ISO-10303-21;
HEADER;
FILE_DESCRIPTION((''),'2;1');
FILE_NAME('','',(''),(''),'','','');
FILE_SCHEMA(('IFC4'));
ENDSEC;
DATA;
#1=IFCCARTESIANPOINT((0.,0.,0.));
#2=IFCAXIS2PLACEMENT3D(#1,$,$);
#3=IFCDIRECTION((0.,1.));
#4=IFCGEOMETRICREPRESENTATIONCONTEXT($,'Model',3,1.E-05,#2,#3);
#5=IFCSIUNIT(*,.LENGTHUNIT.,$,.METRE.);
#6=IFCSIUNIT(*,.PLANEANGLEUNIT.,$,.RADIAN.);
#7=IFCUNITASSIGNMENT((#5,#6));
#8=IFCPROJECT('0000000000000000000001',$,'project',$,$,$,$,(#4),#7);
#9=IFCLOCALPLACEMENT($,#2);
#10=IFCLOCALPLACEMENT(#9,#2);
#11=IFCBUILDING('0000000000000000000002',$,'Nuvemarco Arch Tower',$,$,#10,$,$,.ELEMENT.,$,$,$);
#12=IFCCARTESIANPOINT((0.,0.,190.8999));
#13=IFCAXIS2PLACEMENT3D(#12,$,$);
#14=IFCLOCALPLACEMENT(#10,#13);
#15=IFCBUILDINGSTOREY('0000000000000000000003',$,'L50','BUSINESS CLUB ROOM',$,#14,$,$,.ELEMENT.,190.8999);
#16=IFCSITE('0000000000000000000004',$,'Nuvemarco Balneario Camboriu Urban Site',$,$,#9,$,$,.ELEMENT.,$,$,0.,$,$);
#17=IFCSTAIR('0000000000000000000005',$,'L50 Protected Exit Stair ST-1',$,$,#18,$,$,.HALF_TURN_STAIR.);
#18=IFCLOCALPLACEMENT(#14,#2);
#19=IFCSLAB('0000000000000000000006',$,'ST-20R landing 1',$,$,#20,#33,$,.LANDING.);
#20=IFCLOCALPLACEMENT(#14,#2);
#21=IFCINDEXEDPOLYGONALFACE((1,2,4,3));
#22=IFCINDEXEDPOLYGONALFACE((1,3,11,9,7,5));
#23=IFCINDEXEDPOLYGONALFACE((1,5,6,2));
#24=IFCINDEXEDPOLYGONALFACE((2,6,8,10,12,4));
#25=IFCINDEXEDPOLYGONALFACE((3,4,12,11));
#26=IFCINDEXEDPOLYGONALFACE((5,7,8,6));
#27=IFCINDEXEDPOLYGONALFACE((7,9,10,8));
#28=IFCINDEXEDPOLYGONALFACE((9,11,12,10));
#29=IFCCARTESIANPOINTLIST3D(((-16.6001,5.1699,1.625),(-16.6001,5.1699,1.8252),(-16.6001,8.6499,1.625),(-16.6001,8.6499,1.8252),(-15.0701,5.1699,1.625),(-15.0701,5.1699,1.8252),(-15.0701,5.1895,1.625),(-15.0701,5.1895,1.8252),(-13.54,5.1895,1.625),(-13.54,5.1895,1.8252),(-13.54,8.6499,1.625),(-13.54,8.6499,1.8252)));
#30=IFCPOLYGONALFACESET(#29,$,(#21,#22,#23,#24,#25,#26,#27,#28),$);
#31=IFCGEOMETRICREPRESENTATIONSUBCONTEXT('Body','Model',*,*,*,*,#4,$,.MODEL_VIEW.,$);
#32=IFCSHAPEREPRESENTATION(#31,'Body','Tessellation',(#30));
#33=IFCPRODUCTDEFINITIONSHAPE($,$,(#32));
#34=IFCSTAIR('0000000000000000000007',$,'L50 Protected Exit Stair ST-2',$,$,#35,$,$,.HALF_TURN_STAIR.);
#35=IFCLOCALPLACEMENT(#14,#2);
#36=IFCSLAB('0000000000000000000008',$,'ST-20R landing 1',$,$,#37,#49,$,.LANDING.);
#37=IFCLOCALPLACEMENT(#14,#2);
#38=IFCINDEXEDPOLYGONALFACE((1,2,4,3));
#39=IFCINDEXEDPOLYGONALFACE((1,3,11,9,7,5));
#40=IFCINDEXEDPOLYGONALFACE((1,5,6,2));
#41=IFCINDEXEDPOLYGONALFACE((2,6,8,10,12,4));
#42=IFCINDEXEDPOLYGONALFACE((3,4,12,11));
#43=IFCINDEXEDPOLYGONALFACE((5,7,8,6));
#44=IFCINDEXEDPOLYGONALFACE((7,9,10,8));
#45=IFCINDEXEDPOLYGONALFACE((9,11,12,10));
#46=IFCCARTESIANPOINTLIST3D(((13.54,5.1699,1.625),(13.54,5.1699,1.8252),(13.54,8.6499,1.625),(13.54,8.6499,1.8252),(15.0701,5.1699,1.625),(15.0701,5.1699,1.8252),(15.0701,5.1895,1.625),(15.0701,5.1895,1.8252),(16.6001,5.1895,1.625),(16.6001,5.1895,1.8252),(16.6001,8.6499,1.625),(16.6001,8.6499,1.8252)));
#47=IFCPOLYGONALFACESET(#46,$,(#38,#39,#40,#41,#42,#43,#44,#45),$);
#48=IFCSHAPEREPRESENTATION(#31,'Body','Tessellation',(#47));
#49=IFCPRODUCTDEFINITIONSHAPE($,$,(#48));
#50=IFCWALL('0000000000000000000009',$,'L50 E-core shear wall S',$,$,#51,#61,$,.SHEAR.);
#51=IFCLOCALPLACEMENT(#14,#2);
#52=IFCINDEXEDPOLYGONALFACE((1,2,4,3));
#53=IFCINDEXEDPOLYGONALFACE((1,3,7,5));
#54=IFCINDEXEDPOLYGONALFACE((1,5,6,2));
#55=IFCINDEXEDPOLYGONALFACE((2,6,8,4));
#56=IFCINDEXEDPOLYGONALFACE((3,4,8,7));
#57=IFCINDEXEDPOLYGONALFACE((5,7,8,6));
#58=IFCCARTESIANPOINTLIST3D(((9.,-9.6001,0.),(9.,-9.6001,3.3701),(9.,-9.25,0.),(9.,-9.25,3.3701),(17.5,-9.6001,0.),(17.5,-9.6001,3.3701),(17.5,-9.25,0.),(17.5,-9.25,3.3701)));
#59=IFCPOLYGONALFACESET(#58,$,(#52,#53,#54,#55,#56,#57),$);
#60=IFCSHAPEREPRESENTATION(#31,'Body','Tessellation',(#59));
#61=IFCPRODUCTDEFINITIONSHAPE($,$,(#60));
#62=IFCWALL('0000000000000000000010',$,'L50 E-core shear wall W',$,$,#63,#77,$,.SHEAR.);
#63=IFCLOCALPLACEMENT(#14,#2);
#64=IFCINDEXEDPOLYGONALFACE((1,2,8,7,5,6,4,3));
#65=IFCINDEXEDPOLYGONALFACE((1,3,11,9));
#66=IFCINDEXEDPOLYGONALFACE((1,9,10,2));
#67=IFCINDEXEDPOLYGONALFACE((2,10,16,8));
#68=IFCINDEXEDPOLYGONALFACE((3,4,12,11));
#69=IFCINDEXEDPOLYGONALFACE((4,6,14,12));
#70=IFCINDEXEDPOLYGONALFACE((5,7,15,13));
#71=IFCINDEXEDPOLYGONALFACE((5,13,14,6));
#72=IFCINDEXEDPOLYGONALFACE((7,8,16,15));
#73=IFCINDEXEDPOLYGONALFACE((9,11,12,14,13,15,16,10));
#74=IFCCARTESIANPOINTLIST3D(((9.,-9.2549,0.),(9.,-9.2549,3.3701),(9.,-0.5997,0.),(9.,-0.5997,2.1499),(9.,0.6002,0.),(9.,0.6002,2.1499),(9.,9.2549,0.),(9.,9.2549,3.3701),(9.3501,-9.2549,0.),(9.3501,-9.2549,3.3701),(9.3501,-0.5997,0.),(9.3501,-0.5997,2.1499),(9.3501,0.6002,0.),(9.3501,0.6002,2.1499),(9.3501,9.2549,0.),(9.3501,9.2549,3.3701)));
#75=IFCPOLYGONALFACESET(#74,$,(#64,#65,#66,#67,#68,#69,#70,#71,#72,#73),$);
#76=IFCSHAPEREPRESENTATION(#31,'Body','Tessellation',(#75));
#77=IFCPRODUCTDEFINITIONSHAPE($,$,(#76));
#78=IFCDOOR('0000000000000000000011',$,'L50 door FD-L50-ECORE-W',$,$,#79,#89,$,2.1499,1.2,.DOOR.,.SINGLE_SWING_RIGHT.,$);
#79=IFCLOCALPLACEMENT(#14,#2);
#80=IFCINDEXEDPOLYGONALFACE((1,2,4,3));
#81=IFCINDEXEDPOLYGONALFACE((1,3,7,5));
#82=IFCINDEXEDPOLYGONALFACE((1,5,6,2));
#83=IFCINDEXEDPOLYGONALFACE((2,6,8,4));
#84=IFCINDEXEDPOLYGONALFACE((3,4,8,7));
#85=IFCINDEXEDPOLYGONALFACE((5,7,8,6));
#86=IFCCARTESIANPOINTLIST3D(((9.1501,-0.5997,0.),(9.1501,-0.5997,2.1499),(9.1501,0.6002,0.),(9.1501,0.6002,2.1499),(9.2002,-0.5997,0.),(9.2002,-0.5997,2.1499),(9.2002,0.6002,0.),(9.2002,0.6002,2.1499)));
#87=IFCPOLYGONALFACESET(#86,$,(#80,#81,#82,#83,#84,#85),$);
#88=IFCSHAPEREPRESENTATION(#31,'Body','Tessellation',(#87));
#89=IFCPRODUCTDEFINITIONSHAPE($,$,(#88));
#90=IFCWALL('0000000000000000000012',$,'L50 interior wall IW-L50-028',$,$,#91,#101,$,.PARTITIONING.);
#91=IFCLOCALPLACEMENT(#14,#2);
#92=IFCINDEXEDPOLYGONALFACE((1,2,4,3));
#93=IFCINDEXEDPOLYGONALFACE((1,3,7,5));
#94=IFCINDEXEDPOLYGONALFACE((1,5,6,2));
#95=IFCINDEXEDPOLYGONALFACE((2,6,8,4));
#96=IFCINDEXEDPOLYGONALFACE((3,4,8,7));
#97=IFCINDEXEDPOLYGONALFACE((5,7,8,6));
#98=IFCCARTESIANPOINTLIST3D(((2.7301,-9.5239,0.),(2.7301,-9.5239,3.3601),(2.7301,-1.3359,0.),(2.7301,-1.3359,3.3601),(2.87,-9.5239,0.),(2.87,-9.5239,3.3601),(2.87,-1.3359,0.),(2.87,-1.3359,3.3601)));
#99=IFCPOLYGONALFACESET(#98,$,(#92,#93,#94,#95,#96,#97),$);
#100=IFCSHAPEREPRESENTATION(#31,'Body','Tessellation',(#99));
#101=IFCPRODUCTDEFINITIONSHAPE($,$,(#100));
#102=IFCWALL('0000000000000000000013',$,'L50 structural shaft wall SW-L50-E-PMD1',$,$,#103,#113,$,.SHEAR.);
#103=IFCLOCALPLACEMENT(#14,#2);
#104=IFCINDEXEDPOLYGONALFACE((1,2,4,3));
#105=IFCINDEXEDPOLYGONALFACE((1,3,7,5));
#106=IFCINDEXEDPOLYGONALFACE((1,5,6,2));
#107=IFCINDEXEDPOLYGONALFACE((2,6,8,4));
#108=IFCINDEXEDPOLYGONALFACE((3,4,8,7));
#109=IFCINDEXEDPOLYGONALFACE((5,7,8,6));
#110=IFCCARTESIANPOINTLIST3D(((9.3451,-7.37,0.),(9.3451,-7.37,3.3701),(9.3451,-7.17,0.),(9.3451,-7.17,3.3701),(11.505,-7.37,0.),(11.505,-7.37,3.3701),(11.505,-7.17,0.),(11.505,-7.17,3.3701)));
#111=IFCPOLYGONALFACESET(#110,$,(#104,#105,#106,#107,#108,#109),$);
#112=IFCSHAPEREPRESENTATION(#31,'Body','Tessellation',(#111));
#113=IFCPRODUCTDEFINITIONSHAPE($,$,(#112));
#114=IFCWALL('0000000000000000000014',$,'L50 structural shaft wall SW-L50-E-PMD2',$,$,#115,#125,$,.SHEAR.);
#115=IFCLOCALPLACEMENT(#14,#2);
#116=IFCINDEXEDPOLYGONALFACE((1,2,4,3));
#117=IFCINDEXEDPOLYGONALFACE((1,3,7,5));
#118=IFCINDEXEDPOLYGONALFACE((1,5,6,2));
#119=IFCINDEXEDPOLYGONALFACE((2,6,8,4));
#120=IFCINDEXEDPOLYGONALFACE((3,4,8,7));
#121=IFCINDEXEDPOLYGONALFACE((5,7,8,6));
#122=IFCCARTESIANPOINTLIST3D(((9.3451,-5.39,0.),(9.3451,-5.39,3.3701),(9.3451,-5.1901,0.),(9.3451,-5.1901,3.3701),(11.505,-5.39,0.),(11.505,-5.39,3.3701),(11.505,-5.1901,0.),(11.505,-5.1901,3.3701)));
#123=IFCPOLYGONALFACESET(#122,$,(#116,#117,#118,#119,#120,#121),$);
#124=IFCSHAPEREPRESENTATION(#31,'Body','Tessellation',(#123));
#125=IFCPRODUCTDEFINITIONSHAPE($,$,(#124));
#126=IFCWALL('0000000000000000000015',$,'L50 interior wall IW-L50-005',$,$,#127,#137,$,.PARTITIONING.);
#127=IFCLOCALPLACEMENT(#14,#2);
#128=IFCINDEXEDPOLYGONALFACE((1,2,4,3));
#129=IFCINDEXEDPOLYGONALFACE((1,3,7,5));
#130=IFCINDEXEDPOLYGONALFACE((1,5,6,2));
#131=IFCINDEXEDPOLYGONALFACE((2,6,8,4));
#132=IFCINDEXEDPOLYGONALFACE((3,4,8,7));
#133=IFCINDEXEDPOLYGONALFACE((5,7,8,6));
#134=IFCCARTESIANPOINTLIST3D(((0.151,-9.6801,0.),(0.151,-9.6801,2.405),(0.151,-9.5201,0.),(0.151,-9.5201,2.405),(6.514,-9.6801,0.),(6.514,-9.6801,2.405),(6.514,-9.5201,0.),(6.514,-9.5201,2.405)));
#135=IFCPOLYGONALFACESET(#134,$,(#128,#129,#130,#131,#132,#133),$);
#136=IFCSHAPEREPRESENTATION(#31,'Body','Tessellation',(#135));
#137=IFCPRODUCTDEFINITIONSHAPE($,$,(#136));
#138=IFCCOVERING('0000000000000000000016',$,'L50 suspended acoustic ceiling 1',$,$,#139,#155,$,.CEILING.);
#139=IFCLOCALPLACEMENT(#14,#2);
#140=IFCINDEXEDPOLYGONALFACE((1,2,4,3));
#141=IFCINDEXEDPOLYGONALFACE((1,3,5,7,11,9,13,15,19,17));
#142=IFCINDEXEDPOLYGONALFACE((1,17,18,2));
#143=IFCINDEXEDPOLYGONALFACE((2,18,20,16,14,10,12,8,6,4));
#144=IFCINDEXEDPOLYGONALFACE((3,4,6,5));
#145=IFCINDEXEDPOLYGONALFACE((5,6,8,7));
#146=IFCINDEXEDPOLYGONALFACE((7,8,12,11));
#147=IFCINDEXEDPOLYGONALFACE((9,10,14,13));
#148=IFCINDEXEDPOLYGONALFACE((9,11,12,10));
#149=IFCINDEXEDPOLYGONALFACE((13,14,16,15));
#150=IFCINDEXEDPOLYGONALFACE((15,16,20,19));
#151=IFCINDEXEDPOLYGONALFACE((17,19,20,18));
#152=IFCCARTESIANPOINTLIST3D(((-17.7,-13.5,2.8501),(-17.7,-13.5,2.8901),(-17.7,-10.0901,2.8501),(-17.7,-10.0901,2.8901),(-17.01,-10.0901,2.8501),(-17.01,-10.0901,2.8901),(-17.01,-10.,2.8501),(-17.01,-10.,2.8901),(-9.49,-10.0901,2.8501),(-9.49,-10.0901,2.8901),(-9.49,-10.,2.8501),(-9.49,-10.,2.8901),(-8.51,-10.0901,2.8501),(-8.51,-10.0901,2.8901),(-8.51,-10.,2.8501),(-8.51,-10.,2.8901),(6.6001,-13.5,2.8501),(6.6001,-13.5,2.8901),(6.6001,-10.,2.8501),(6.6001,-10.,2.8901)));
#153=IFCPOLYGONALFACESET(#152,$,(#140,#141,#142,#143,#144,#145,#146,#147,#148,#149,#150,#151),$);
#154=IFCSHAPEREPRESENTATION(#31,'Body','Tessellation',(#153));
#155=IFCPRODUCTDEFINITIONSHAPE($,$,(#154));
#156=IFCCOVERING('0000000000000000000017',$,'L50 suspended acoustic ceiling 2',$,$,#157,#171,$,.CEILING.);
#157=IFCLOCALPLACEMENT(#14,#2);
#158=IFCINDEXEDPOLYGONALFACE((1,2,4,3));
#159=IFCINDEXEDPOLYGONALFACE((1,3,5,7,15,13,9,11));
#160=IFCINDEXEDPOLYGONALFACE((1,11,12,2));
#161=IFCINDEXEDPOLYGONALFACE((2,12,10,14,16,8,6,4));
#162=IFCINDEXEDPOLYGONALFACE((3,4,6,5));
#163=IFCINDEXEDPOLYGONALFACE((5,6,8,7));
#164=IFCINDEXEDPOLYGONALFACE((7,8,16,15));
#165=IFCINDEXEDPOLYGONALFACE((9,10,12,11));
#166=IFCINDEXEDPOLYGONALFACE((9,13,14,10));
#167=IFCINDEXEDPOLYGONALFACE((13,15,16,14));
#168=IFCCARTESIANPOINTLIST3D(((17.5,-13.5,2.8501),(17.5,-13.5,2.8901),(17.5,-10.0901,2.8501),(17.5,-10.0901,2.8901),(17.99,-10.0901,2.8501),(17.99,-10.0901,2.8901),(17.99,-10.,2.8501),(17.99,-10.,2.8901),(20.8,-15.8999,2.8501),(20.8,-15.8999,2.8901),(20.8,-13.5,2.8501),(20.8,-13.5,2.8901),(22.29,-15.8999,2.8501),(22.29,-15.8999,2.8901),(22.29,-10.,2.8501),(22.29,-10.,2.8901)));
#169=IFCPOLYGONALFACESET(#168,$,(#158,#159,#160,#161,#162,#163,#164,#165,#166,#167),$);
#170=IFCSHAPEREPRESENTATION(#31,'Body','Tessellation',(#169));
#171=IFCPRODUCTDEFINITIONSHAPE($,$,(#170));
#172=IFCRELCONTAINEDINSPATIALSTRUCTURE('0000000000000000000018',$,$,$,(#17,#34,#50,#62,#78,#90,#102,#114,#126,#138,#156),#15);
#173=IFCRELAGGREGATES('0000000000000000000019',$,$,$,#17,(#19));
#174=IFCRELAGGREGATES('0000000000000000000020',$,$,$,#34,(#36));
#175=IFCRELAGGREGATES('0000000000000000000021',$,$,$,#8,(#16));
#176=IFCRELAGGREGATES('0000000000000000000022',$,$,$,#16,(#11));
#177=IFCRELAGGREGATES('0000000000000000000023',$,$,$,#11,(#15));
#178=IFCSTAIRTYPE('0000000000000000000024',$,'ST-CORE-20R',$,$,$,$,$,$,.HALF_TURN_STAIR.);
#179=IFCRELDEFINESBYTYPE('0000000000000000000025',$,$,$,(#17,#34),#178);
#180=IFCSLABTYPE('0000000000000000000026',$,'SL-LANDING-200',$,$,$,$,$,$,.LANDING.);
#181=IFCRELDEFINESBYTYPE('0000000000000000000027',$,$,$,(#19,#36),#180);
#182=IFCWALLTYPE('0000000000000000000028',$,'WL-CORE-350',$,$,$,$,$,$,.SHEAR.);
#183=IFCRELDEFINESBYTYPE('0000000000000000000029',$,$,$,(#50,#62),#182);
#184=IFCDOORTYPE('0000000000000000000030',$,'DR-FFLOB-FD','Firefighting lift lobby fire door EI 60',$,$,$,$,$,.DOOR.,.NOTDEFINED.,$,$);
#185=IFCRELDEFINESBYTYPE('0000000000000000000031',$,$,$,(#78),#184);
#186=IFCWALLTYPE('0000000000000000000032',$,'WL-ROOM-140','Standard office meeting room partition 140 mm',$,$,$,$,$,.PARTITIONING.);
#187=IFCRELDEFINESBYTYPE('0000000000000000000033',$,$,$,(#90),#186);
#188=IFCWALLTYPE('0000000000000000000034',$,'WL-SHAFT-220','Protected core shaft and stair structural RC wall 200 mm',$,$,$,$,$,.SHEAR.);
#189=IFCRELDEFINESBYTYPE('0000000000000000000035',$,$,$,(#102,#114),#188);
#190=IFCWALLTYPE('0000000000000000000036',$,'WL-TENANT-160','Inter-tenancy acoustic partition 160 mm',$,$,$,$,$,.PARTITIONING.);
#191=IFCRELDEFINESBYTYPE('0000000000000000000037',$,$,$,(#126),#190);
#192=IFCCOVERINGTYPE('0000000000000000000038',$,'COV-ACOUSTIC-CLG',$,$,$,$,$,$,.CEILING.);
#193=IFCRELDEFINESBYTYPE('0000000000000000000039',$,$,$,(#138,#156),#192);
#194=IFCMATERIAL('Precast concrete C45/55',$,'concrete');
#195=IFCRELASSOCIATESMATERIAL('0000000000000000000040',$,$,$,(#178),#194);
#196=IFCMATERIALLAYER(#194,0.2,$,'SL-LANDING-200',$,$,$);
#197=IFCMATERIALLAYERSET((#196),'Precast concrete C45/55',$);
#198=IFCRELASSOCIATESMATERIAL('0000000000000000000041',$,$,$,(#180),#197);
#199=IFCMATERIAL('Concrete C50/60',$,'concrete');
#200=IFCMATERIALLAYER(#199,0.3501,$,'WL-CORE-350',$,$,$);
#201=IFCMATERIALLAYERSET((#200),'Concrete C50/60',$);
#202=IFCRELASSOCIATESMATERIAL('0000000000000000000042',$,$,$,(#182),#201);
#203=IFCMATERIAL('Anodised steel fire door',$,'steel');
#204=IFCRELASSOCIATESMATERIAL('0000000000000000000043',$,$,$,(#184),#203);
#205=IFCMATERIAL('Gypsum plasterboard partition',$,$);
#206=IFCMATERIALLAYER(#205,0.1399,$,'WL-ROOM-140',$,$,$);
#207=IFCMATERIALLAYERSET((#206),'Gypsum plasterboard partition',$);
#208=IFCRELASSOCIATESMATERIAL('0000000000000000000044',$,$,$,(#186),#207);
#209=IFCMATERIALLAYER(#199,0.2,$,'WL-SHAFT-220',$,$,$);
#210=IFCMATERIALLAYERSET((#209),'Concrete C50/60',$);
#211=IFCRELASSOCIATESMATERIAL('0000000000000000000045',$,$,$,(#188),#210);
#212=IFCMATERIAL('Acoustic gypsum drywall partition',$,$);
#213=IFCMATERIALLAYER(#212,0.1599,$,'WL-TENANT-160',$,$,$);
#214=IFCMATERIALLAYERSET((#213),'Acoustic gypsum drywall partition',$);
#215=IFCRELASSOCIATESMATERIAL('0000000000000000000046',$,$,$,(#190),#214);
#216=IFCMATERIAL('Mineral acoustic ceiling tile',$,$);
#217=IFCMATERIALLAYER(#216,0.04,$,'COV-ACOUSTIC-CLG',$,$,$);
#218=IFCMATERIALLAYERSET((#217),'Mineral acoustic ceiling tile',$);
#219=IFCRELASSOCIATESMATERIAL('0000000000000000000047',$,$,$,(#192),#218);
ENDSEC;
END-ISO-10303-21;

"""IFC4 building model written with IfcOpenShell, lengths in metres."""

from ifc_helpers import new_model, si_unit, direction, frame, frame_2d, origin, place, context, subcontext, project, spatial, polyline, rectangle, outline, extrude, source, transform, mapped, material, layer, layer_set, type_object, type_shapes, element, fill, aggregate, save


model = new_model("IFC4")

# Units and contexts
model_context = context("Model", 3, precision=1e-05, world=origin(), true_north=direction((0.0, 1.0)))
body_context = subcontext(model_context, "Body", "Model", "MODEL_VIEW")
ifc_project = project(units=[si_unit("LENGTHUNIT", "METRE"), si_unit("PLANEANGLEUNIT", "RADIAN")], contexts=[model_context])

# Site, building, storey
site_placement = place(None, origin())
site = spatial("IfcSite", under=ifc_project, at=site_placement, Name="Nuvemarco Balneario Camboriu Urban Site", CompositionType="ELEMENT", RefElevation=0.0)
building_placement = place(site_placement, origin())
building = spatial("IfcBuilding", under=site, at=building_placement, Name="Nuvemarco Arch Tower", CompositionType="ELEMENT")
storey_placement = place(building_placement, frame((0.0, 0.0, 190.8999)))
storey = spatial("IfcBuildingStorey", under=building, at=storey_placement, Name="L50", Description="BUSINESS CLUB ROOM", CompositionType="ELEMENT", Elevation=190.8999)

# Shared definitions
ifc_material_1 = material(Name="Concrete C50/60", Category="concrete")

# Stairs, slabs
ifc_material_2 = material(Name="Precast concrete C45/55", Category="concrete")
stair_type = type_object("IfcStairType", Name="ST-CORE-20R", PredefinedType="HALF_TURN_STAIR", material=ifc_material_2)
stair_1_placement = place(storey_placement, origin())
stair_1 = element("IfcStair", 1, at=stair_1_placement, inside=storey, type_object=stair_type, Name="L50 Protected Exit Stair ST-1", PredefinedType="HALF_TURN_STAIR")
ifc_layer_1 = layer(ifc_material_2, 0.2, Name="SL-LANDING-200")
ifc_layer_set_1 = layer_set([ifc_layer_1], Name="Precast concrete C45/55")
slab_type = type_object("IfcSlabType", Name="SL-LANDING-200", PredefinedType="LANDING", material=ifc_layer_set_1)
slab_1_placement = place(storey_placement, frame((0.0, 0.0, 1.625)))
slab_1 = element("IfcSlab", 2, at=slab_1_placement, type_object=slab_type, Name="ST-20R landing 1", PredefinedType="LANDING", context=body_context, shape_type="SweptSolid", body=[
    extrude(outline(polyline([(-13.54, 5.1895), (-13.54, 8.6499), (-16.6001, 8.6499), (-16.6001, 5.1699), (-15.0701, 5.1699), (-15.0701, 5.1895), (-13.54, 5.1895)])), origin(), (0.0, 0.0, 1.0), 0.2002),
])
aggregate(stair_1, [slab_1])
stair_2_placement = place(storey_placement, origin())
stair_2 = element("IfcStair", 3, at=stair_2_placement, inside=storey, type_object=stair_type, Name="L50 Protected Exit Stair ST-2", PredefinedType="HALF_TURN_STAIR")
slab_2_placement = place(storey_placement, frame((0.0, 0.0, 1.625)))
slab_2 = element("IfcSlab", 4, at=slab_2_placement, type_object=slab_type, Name="ST-20R landing 1", PredefinedType="LANDING", context=body_context, shape_type="SweptSolid", body=[
    extrude(outline(polyline([(16.6001, 5.1895), (16.6001, 8.6499), (13.54, 8.6499), (13.54, 5.1699), (15.0701, 5.1699), (15.0701, 5.1895), (16.6001, 5.1895)])), origin(), (0.0, 0.0, 1.0), 0.2002),
])
aggregate(stair_2, [slab_2])

# Wall
ifc_layer_2 = layer(ifc_material_1, 0.3501, Name="WL-CORE-350")
ifc_layer_set_2 = layer_set([ifc_layer_2], Name="Concrete C50/60")
wall_type_1 = type_object("IfcWallType", Name="WL-CORE-350", PredefinedType="SHEAR", material=ifc_layer_set_2)
wall_1_placement = place(storey_placement, frame((9.0, -9.425, 0.0), z_axis=(0.0, 0.0, 1.0), x_axis=(1.0, 0.0, 0.0)))
element("IfcWall", 5, at=wall_1_placement, inside=storey, type_object=wall_type_1, Name="L50 E-core shear wall S", PredefinedType="SHEAR", context=body_context, shape_type="SweptSolid", body=[
    extrude(rectangle(XDim=8.5, YDim=0.3501, at=frame_2d((4.25, 0.0))), origin(), (0.0, 0.0, 1.0), 3.3701),
])

# Wall, opening, door
wall_2_placement = place(storey_placement, frame((9.175, -9.2549, 0.0), z_axis=(0.0, 0.0, 1.0), x_axis=(0.0, 1.0, 0.0)))
wall_2 = element("IfcWall", 6, at=wall_2_placement, inside=storey, type_object=wall_type_1, Name="L50 E-core shear wall W", PredefinedType="SHEAR", context=body_context, shape_type="SweptSolid", body=[
    extrude(rectangle(XDim=18.5098, YDim=0.3501, at=frame_2d((9.2549, 0.0))), origin(), (0.0, 0.0, 1.0), 3.3701),
])
opening_placement = place(wall_2_placement, frame((8.655, 0.0, 0.0)))
opening = element("IfcOpeningElement", 7, at=opening_placement, cuts=wall_2, PredefinedType="OPENING", context=body_context, shape_type="SweptSolid", body=[
    extrude(rectangle(XDim=1.2, YDim=2.1499, at=frame_2d((0.6001, 1.075))), frame((0.0, 0.1851, 0.0), z_axis=(0.0, -1.0, 0.0), x_axis=(1.0, 0.0, 0.0)), (0.0, 0.0, 1.0), 0.3701),
])
ifc_material_3 = material(Name="Anodised steel fire door", Category="steel")
door_type = type_object("IfcDoorType", Name="DR-FFLOB-FD", Description="Firefighting lift lobby fire door EI 60", OperationType="NOTDEFINED", PredefinedType="DOOR", material=ifc_material_3)
shared_shape = source(origin(), body_context, "Body", "SweptSolid", [
    extrude(rectangle(XDim=1.2, YDim=2.1499, at=frame_2d((0.6001, 1.075))), frame((0.0, 0.0249, 0.0), z_axis=(0.0, -1.0, 0.0), x_axis=(1.0, 0.0, 0.0)), (0.0, 0.0, 1.0), 0.05),
])
type_shapes(door_type, [shared_shape])
door_placement = place(opening_placement, origin())
door = element("IfcDoor", 8, at=door_placement, inside=storey, type_object=door_type, Name="L50 door FD-L50-ECORE-W", OperationType="SINGLE_SWING_RIGHT", OverallHeight=2.1499, OverallWidth=1.2, PredefinedType="DOOR", context=body_context, shape_type="MappedRepresentation", body=[
    mapped(shared_shape, transform((0.0, 0.0, 0.0), scale=1.0)),
])
fill(opening, door)

# Walls
ifc_material_4 = material(Name="Gypsum plasterboard partition")
ifc_layer_3 = layer(ifc_material_4, 0.1399, Name="WL-ROOM-140")
ifc_layer_set_3 = layer_set([ifc_layer_3], Name="Gypsum plasterboard partition")
wall_type_2 = type_object("IfcWallType", Name="WL-ROOM-140", Description="Standard office meeting room partition 140 mm", PredefinedType="PARTITIONING", material=ifc_layer_set_3)
wall_3_placement = place(storey_placement, frame((2.8, -9.5239, 0.0), z_axis=(0.0, 0.0, 1.0), x_axis=(0.0, 1.0, 0.0)))
element("IfcWall", 9, at=wall_3_placement, inside=storey, type_object=wall_type_2, Name="L50 interior wall IW-L50-028", PredefinedType="PARTITIONING", context=body_context, shape_type="SweptSolid", body=[
    extrude(rectangle(XDim=8.188, YDim=0.1399, at=frame_2d((4.094, 0.0))), origin(), (0.0, 0.0, 1.0), 3.3601),
])
ifc_layer_4 = layer(ifc_material_1, 0.2, Name="WL-SHAFT-220")
ifc_layer_set_4 = layer_set([ifc_layer_4], Name="Concrete C50/60")
wall_type_3 = type_object("IfcWallType", Name="WL-SHAFT-220", Description="Protected core shaft and stair structural RC wall 200 mm", PredefinedType="SHEAR", material=ifc_layer_set_4)
for number, where, z_axis, x_axis, name in (
    (10, (9.345, -7.27, 0.0), (0.0, 0.0, 1.0), (1.0, 0.0, 0.0), "L50 structural shaft wall SW-L50-E-PMD1"),
    (11, (9.345, -5.29, 0.0), (0.0, 0.0, 1.0), (1.0, 0.0, 0.0), "L50 structural shaft wall SW-L50-E-PMD2"),
):
    element("IfcWall", number, at=place(storey_placement, frame(where, z_axis=z_axis, x_axis=x_axis)), inside=storey, type_object=wall_type_3, Name=name, PredefinedType="SHEAR", context=body_context, shape_type="SweptSolid", body=[
        extrude(rectangle(XDim=2.1599, YDim=0.2, at=frame_2d((1.0801, 0.0))), origin(), (0.0, 0.0, 1.0), 3.3701),
    ])
ifc_material_5 = material(Name="Acoustic gypsum drywall partition")
ifc_layer_5 = layer(ifc_material_5, 0.1599, Name="WL-TENANT-160")
ifc_layer_set_5 = layer_set([ifc_layer_5], Name="Acoustic gypsum drywall partition")
wall_type_4 = type_object("IfcWallType", Name="WL-TENANT-160", Description="Inter-tenancy acoustic partition 160 mm", PredefinedType="PARTITIONING", material=ifc_layer_set_5)
wall_4_placement = place(storey_placement, frame((0.1509, -9.6001, 0.0), z_axis=(0.0, 0.0, 1.0), x_axis=(1.0, 0.0, 0.0)))
element("IfcWall", 12, at=wall_4_placement, inside=storey, type_object=wall_type_4, Name="L50 interior wall IW-L50-005", PredefinedType="PARTITIONING", context=body_context, shape_type="SweptSolid", body=[
    extrude(rectangle(XDim=6.363, YDim=0.1599, at=frame_2d((3.1816, 0.0))), origin(), (0.0, 0.0, 1.0), 2.405),
])

# Coverings
ifc_material_6 = material(Name="Mineral acoustic ceiling tile")
ifc_layer_6 = layer(ifc_material_6, 0.04, Name="COV-ACOUSTIC-CLG")
ifc_layer_set_6 = layer_set([ifc_layer_6], Name="Mineral acoustic ceiling tile")
covering_type = type_object("IfcCoveringType", Name="COV-ACOUSTIC-CLG", PredefinedType="CEILING", material=ifc_layer_set_6)
covering_1_placement = place(storey_placement, frame((0.0, 0.0, 2.8501)))
element("IfcCovering", 13, at=covering_1_placement, inside=storey, type_object=covering_type, Name="L50 suspended acoustic ceiling 1", PredefinedType="CEILING", context=body_context, shape_type="SweptSolid", body=[
    extrude(outline(polyline([(-9.49, -10.0901), (-8.51, -10.0901), (-8.51, -10.0), (6.6001, -10.0), (6.6001, -13.5), (-17.7, -13.5), (-17.7, -10.0901), (-17.01, -10.0901), (-17.01, -10.0), (-9.49, -10.0), (-9.49, -10.0901)])), origin(), (0.0, 0.0, 1.0), 0.04),
])
covering_2_placement = place(storey_placement, frame((0.0, 0.0, 2.8501)))
element("IfcCovering", 14, at=covering_2_placement, inside=storey, type_object=covering_type, Name="L50 suspended acoustic ceiling 2", PredefinedType="CEILING", context=body_context, shape_type="SweptSolid", body=[
    extrude(outline(polyline([(17.5, -10.0901), (17.99, -10.0901), (17.99, -10.0), (22.29, -10.0), (22.29, -15.8999), (20.8, -15.8999), (20.8, -13.5), (17.5, -13.5), (17.5, -10.0901)])), origin(), (0.0, 0.0, 1.0), 0.04),
])

save(model, "model.ifc")
